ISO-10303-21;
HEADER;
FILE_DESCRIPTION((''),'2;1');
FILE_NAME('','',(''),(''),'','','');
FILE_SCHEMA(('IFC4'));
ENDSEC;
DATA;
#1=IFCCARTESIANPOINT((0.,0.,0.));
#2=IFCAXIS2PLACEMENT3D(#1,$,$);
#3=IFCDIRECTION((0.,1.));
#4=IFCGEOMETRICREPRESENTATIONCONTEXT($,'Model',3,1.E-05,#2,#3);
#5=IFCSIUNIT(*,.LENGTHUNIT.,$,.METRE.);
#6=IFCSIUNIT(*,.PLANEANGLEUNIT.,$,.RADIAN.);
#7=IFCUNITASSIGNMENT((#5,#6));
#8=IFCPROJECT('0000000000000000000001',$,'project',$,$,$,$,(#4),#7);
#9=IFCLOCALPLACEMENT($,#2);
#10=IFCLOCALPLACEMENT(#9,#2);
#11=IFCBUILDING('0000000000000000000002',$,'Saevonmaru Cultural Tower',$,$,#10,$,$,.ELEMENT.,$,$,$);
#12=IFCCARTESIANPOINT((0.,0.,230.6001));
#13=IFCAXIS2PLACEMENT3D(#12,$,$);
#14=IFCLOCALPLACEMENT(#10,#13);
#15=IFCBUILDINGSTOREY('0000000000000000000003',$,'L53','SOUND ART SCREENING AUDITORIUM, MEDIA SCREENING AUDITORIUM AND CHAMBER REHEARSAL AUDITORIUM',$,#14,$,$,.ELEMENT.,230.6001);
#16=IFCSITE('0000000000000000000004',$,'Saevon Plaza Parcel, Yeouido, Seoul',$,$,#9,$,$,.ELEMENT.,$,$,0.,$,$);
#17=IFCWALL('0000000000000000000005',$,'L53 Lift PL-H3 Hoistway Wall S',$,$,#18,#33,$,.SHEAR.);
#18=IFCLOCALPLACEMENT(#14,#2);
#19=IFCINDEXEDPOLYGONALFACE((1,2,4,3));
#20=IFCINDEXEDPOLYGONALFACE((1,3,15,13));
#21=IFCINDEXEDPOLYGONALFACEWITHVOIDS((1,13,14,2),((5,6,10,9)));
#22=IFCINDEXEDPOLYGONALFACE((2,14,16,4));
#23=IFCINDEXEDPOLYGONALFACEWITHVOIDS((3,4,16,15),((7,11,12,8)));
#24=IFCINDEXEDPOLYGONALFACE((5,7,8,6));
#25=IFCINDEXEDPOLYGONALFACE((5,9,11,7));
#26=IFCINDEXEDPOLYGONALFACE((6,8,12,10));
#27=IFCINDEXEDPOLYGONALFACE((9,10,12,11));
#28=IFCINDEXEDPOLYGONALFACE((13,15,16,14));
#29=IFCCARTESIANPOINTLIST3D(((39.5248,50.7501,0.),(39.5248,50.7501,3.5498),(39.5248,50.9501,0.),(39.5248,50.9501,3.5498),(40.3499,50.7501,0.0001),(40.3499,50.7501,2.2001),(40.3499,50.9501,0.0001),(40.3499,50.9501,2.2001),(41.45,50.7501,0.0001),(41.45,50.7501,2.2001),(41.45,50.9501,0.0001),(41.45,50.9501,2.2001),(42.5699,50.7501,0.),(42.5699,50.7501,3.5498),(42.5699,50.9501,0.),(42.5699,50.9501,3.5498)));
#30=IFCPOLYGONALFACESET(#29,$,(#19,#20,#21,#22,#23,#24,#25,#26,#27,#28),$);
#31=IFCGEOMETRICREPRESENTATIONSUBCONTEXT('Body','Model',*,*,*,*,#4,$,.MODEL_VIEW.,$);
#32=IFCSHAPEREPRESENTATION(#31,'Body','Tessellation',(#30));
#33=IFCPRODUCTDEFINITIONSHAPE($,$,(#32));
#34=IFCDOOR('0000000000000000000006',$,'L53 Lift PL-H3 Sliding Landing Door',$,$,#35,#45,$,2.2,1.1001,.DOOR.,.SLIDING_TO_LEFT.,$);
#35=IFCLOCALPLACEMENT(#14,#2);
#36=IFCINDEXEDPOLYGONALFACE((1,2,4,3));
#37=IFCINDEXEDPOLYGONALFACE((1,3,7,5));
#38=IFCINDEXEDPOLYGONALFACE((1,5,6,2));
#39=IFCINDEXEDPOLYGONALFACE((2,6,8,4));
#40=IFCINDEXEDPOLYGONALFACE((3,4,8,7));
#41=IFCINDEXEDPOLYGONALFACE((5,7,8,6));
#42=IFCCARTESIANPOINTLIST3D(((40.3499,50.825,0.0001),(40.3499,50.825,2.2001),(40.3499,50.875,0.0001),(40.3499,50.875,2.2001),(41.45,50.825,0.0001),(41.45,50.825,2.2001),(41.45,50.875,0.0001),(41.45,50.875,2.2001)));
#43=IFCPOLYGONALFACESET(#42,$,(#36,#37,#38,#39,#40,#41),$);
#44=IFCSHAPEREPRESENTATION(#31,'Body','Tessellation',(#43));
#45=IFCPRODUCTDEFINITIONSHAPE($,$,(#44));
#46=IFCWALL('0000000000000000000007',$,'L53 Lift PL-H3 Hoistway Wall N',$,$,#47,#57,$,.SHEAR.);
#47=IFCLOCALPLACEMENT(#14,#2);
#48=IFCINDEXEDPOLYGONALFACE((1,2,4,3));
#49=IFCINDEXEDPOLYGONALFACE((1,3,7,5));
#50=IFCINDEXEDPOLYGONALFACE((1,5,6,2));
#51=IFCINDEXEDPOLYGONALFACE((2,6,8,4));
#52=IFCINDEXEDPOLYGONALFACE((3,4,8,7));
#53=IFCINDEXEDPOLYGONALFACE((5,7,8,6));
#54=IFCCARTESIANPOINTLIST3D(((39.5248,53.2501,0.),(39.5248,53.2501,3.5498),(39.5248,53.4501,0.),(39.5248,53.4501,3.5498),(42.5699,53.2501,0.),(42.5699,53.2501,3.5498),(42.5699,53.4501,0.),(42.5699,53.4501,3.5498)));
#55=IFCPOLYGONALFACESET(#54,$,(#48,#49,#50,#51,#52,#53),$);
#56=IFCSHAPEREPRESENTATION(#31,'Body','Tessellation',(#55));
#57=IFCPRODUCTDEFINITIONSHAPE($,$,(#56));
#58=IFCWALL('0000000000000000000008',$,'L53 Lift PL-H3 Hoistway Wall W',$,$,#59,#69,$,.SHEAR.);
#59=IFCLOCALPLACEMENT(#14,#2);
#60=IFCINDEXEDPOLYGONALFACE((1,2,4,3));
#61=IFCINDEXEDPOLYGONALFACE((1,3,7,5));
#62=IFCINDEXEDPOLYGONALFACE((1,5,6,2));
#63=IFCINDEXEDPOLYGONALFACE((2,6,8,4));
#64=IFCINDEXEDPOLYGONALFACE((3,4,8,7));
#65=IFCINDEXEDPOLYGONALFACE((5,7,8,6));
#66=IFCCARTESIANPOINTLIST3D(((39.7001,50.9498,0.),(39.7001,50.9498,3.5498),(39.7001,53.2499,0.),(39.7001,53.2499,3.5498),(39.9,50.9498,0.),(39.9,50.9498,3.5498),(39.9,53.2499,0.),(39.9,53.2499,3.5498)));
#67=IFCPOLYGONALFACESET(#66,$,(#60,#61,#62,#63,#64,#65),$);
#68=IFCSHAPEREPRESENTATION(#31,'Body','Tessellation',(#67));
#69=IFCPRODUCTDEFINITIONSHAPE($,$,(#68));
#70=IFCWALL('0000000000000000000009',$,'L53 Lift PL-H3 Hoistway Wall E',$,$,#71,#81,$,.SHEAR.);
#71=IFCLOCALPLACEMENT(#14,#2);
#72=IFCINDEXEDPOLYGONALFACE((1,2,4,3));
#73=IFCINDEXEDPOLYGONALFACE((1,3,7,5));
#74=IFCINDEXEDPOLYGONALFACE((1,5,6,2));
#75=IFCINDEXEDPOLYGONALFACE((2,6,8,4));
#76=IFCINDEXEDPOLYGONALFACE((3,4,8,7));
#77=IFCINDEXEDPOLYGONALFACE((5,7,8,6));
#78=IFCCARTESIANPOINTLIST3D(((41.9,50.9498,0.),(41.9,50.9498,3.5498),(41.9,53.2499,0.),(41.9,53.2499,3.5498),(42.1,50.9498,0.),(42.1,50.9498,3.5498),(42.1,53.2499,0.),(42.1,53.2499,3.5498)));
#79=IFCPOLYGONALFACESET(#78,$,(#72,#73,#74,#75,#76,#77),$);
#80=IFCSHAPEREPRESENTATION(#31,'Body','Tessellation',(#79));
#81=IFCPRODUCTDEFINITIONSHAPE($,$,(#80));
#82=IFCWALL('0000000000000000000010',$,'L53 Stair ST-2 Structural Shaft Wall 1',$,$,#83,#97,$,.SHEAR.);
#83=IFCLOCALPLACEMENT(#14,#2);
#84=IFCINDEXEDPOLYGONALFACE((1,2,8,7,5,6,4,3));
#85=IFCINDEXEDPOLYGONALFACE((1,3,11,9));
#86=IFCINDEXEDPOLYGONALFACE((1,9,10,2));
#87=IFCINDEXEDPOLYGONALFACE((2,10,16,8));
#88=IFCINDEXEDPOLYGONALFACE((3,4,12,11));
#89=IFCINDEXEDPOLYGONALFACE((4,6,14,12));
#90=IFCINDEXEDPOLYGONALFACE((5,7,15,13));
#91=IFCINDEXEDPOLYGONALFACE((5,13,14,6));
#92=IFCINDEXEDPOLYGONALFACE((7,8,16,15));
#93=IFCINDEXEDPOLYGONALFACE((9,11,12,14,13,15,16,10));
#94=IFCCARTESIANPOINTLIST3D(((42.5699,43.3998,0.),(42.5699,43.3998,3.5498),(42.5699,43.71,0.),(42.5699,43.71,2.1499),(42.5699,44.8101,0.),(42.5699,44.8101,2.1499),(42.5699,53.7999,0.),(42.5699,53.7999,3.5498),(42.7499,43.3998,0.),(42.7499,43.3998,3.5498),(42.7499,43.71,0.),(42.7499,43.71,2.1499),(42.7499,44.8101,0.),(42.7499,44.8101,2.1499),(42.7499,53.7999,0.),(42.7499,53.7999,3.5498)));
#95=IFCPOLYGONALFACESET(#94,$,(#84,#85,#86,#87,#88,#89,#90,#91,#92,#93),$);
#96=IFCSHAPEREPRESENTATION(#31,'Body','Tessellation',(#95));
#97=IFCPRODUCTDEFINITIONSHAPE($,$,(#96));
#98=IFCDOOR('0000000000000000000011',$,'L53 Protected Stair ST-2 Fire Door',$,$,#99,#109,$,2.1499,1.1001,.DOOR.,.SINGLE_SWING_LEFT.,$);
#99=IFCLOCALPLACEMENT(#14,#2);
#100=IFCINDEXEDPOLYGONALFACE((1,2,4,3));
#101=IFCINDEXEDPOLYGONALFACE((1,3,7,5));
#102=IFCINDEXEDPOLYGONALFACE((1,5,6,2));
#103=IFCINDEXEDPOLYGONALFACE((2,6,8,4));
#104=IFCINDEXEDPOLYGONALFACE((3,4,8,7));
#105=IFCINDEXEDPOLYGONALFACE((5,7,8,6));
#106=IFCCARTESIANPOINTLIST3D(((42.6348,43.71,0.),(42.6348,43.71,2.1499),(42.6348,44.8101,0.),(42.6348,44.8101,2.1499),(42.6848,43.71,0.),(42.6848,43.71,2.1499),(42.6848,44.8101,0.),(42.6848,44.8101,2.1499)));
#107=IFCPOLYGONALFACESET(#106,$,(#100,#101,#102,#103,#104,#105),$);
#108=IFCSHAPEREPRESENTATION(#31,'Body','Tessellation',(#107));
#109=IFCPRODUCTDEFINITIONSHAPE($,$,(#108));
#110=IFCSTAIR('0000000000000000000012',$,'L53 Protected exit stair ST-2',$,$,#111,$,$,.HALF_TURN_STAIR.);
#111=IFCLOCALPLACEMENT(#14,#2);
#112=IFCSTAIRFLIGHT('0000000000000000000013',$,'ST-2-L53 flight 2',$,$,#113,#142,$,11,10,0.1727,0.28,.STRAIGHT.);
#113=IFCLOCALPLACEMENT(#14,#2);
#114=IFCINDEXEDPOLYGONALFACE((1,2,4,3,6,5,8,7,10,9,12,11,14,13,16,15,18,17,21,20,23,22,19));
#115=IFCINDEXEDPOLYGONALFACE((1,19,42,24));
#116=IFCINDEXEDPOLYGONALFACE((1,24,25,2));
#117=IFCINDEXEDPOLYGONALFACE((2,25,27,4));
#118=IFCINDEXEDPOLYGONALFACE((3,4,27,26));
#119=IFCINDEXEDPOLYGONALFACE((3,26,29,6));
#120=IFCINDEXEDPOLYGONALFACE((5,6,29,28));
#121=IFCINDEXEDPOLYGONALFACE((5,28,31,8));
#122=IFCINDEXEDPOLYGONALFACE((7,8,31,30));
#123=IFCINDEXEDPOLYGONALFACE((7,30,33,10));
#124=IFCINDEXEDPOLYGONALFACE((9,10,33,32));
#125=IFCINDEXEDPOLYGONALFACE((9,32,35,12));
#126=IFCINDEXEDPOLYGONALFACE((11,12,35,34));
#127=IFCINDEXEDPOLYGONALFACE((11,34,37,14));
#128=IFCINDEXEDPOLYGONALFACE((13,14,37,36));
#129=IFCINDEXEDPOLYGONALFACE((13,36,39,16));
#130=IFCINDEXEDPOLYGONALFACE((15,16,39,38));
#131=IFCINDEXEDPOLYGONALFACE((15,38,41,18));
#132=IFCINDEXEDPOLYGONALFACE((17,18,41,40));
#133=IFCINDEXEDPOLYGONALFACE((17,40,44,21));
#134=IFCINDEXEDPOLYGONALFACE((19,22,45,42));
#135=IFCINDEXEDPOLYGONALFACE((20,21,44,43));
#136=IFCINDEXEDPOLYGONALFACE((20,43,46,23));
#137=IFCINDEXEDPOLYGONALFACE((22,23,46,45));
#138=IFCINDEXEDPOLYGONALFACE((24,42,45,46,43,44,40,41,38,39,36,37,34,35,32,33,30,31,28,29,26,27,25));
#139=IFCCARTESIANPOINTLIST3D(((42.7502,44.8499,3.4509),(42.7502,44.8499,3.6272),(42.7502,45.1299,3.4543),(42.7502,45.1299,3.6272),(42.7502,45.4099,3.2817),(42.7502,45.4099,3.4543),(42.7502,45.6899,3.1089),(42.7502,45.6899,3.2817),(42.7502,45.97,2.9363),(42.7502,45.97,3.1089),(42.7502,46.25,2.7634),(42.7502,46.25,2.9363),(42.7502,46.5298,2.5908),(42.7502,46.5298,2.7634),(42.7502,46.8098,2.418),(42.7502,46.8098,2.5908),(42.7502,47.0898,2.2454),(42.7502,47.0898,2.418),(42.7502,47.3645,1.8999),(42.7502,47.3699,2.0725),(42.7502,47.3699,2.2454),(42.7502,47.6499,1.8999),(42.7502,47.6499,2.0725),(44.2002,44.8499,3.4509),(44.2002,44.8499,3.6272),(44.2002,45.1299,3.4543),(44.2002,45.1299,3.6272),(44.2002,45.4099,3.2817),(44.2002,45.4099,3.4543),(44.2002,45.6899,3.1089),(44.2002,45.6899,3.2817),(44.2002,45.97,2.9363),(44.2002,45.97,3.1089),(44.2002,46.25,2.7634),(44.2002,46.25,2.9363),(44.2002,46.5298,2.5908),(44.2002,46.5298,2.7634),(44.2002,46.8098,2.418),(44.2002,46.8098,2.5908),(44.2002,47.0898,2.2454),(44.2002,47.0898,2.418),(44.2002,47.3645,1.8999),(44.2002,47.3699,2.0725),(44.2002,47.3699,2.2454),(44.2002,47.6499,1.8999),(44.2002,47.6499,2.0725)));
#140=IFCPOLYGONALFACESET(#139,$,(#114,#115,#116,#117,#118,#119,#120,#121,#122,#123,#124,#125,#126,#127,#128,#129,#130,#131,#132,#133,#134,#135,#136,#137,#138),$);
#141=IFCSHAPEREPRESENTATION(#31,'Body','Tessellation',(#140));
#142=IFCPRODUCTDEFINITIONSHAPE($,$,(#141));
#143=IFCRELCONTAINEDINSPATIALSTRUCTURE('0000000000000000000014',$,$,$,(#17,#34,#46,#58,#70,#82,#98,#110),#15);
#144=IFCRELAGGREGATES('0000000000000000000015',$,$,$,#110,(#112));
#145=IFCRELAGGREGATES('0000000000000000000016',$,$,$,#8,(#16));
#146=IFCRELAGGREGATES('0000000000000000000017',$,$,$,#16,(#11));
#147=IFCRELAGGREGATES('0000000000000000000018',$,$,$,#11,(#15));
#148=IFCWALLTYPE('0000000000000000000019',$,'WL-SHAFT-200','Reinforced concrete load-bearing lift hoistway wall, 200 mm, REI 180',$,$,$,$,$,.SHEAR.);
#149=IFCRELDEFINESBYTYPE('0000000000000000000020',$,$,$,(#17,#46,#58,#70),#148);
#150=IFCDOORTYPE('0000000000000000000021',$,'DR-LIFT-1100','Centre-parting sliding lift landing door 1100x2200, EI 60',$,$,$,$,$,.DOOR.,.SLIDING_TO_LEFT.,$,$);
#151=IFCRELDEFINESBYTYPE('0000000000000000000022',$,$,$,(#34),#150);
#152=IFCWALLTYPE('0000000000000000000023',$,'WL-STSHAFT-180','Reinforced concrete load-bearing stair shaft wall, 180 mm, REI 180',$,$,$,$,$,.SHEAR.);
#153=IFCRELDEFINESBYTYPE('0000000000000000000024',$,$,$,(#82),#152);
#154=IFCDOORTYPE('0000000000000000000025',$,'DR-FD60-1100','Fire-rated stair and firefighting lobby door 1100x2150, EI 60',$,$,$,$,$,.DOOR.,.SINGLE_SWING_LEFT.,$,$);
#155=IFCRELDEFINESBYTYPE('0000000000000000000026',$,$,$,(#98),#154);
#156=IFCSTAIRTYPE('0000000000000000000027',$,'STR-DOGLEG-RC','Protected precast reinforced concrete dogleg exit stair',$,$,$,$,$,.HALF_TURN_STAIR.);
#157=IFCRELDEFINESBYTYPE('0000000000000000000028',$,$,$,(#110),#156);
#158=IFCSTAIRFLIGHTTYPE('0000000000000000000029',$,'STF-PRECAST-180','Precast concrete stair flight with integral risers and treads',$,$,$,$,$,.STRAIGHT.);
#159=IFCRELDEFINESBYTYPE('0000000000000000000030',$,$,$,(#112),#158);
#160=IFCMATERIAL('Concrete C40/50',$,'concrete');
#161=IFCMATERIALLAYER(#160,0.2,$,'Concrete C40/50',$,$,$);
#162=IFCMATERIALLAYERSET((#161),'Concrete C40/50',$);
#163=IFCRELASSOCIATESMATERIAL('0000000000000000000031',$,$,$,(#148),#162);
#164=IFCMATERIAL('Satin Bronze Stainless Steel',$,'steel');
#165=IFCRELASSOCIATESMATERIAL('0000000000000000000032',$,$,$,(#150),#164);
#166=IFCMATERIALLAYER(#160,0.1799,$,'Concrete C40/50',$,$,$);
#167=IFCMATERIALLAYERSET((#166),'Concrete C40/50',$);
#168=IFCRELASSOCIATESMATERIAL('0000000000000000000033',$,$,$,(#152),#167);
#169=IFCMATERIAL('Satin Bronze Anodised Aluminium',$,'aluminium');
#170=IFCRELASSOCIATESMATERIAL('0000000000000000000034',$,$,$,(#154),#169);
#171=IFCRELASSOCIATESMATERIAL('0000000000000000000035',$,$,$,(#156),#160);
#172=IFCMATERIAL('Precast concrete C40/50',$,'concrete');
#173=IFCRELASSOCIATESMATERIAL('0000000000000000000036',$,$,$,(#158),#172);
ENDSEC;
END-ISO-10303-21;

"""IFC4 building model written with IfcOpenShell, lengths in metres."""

from ifc_helpers import new_model, si_unit, direction, frame, frame_2d, origin, place, context, subcontext, project, spatial, polyline, rectangle, outline, extrude, material, layer, layer_set, type_object, element, fill, aggregate, save


model = new_model("IFC4")

# Units and contexts
model_context = context("Model", 3, precision=1e-05, world=origin(), true_north=direction((0.0, 1.0)))
body_context = subcontext(model_context, "Body", "Model", "MODEL_VIEW")
ifc_project = project(units=[si_unit("LENGTHUNIT", "METRE"), si_unit("PLANEANGLEUNIT", "RADIAN")], contexts=[model_context])

# Site, building, storey
site_placement = place(None, origin())
site = spatial("IfcSite", under=ifc_project, at=site_placement, Name="Saevon Plaza Parcel, Yeouido, Seoul", CompositionType="ELEMENT", RefElevation=0.0)
building_placement = place(site_placement, origin())
building = spatial("IfcBuilding", under=site, at=building_placement, Name="Saevonmaru Cultural Tower", CompositionType="ELEMENT")
storey_placement = place(building_placement, frame((0.0, 0.0, 230.6001)))
storey = spatial("IfcBuildingStorey", under=building, at=storey_placement, Name="L53", Description="SOUND ART SCREENING AUDITORIUM, MEDIA SCREENING AUDITORIUM AND CHAMBER REHEARSAL AUDITORIUM", CompositionType="ELEMENT", Elevation=230.6001)

# Shared definitions
ifc_material_1 = material(Name="Satin Bronze Anodised Aluminium", Category="aluminium")

# Shared definitions
ifc_material_2 = material(Name="Concrete C40/50", Category="concrete")
ifc_layer_1 = layer(ifc_material_2, 0.2, Name="Concrete C40/50")
ifc_layer_set_1 = layer_set([ifc_layer_1], Name="Concrete C40/50")
wall_type_1 = type_object("IfcWallType", Name="WL-SHAFT-200", Description="Reinforced concrete load-bearing lift hoistway wall, 200 mm, REI 180", PredefinedType="SHEAR", material=ifc_layer_set_1)

# Shared definitions
ifc_material_3 = material(Name="Satin Bronze Stainless Steel", Category="steel")
door_type_1 = type_object("IfcDoorType", Name="DR-LIFT-1100", Description="Centre-parting sliding lift landing door 1100x2200, EI 60", OperationType="SLIDING_TO_LEFT", PredefinedType="DOOR", material=ifc_material_3)

# Wall, opening, door
wall_1_placement = place(storey_placement, frame((39.5249, 50.8501, 0.0), z_axis=(0.0, 0.0, 1.0), x_axis=(1.0, 0.0, 0.0)))
wall_1 = element("IfcWall", 1, at=wall_1_placement, inside=storey, type_object=wall_type_1, Name="L53 Lift PL-H3 Hoistway Wall S", PredefinedType="SHEAR", context=body_context, shape_type="SweptSolid", body=[
    extrude(rectangle(XDim=3.0452, YDim=0.2, at=frame_2d((1.5225, 0.0))), origin(), (0.0, 0.0, 1.0), 3.5498),
])
opening_1_placement = place(wall_1_placement, frame((0.825, 0.0, 0.0)))
opening_1 = element("IfcOpeningElement", 2, at=opening_1_placement, cuts=wall_1, PredefinedType="OPENING", context=body_context, shape_type="SweptSolid", body=[
    extrude(rectangle(XDim=1.1001, YDim=2.2, at=frame_2d((0.55, 1.1001))), frame((0.0, 0.1099, 0.0), z_axis=(0.0, -1.0, 0.0), x_axis=(1.0, 0.0, 0.0)), (0.0, 0.0, 1.0), 0.22),
])
door_1_placement = place(opening_1_placement, origin())
door_1 = element("IfcDoor", 3, at=door_1_placement, inside=storey, type_object=door_type_1, Name="L53 Lift PL-H3 Sliding Landing Door", OperationType="SLIDING_TO_LEFT", OverallHeight=2.2, OverallWidth=1.1001, PredefinedType="DOOR", context=body_context, shape_type="SweptSolid", body=[
    extrude(rectangle(XDim=1.1001, YDim=2.2, at=frame_2d((0.55, 1.1001))), frame((0.0, 0.0249, 0.0), z_axis=(0.0, -1.0, 0.0), x_axis=(1.0, 0.0, 0.0)), (0.0, 0.0, 1.0), 0.05),
])
fill(opening_1, door_1)

# Walls
wall_2_placement = place(storey_placement, frame((39.5249, 53.3501, 0.0), z_axis=(0.0, 0.0, 1.0), x_axis=(1.0, 0.0, 0.0)))
element("IfcWall", 4, at=wall_2_placement, inside=storey, type_object=wall_type_1, Name="L53 Lift PL-H3 Hoistway Wall N", PredefinedType="SHEAR", context=body_context, shape_type="SweptSolid", body=[
    extrude(rectangle(XDim=3.0452, YDim=0.2, at=frame_2d((1.5225, 0.0))), origin(), (0.0, 0.0, 1.0), 3.5498),
])
for number, where, z_axis, x_axis, name in (
    (5, (39.8, 50.95, 0.0), (0.0, 0.0, 1.0), (0.0, 1.0, 0.0), "L53 Lift PL-H3 Hoistway Wall W"),
    (6, (42.0, 50.95, 0.0), (0.0, 0.0, 1.0), (0.0, 1.0, 0.0), "L53 Lift PL-H3 Hoistway Wall E"),
):
    element("IfcWall", number, at=place(storey_placement, frame(where, z_axis=z_axis, x_axis=x_axis)), inside=storey, type_object=wall_type_1, Name=name, PredefinedType="SHEAR", context=body_context, shape_type="SweptSolid", body=[
        extrude(rectangle(XDim=2.3, YDim=0.2, at=frame_2d((1.1499, 0.0))), origin(), (0.0, 0.0, 1.0), 3.5498),
    ])

# Wall, opening, door
ifc_layer_2 = layer(ifc_material_2, 0.1799, Name="Concrete C40/50")
ifc_layer_set_2 = layer_set([ifc_layer_2], Name="Concrete C40/50")
wall_type_2 = type_object("IfcWallType", Name="WL-STSHAFT-180", Description="Reinforced concrete load-bearing stair shaft wall, 180 mm, REI 180", PredefinedType="SHEAR", material=ifc_layer_set_2)
wall_3_placement = place(storey_placement, frame((42.6599, 53.8, 0.0), z_axis=(0.0, 0.0, 1.0), x_axis=(0.0, -1.0, 0.0)))
wall_3 = element("IfcWall", 7, at=wall_3_placement, inside=storey, type_object=wall_type_2, Name="L53 Stair ST-2 Structural Shaft Wall 1", PredefinedType="SHEAR", context=body_context, shape_type="SweptSolid", body=[
    extrude(rectangle(XDim=10.4001, YDim=0.1799, at=frame_2d((5.2002, 0.0))), origin(), (0.0, 0.0, 1.0), 3.5498),
])
opening_2_placement = place(wall_3_placement, frame((8.99, 0.0, 0.0)))
opening_2 = element("IfcOpeningElement", 8, at=opening_2_placement, cuts=wall_3, PredefinedType="OPENING", context=body_context, shape_type="SweptSolid", body=[
    extrude(rectangle(XDim=1.1001, YDim=2.1499, at=frame_2d((0.55, 1.075))), frame((0.0, 0.1001, 0.0), z_axis=(0.0, -1.0, 0.0), x_axis=(1.0, 0.0, 0.0)), (0.0, 0.0, 1.0), 0.2),
])
door_type_2 = type_object("IfcDoorType", Name="DR-FD60-1100", Description="Fire-rated stair and firefighting lobby door 1100x2150, EI 60", OperationType="SINGLE_SWING_LEFT", PredefinedType="DOOR", material=ifc_material_1)
door_2_placement = place(opening_2_placement, origin())
door_2 = element("IfcDoor", 9, at=door_2_placement, inside=storey, type_object=door_type_2, Name="L53 Protected Stair ST-2 Fire Door", OperationType="SINGLE_SWING_LEFT", OverallHeight=2.1499, OverallWidth=1.1001, PredefinedType="DOOR", context=body_context, shape_type="SweptSolid", body=[
    extrude(rectangle(XDim=1.1001, YDim=2.1499, at=frame_2d((0.55, 1.075))), frame((0.0, 0.0249, 0.0), z_axis=(0.0, -1.0, 0.0), x_axis=(1.0, 0.0, 0.0)), (0.0, 0.0, 1.0), 0.05),
])
fill(opening_2, door_2)

# Stair, stair flight
stair_type = type_object("IfcStairType", Name="STR-DOGLEG-RC", Description="Protected precast reinforced concrete dogleg exit stair", PredefinedType="HALF_TURN_STAIR", material=ifc_material_2)
stair_placement = place(storey_placement, origin())
stair = element("IfcStair", 10, at=stair_placement, inside=storey, type_object=stair_type, Name="L53 Protected exit stair ST-2", PredefinedType="HALF_TURN_STAIR")
ifc_material_4 = material(Name="Precast concrete C40/50", Category="concrete")
stair_flight_type = type_object("IfcStairFlightType", Name="STF-PRECAST-180", Description="Precast concrete stair flight with integral risers and treads", PredefinedType="STRAIGHT", material=ifc_material_4)
stair_flight_placement = place(storey_placement, frame((43.4751, 47.6499, 1.8999), z_axis=(0.0, 0.0, 1.0), x_axis=(0.0, -1.0, 0.0)))
stair_flight = element("IfcStairFlight", 11, at=stair_flight_placement, type_object=stair_flight_type, Name="ST-2-L53 flight 2", NumberOfRisers=11, NumberOfTreads=10, PredefinedType="STRAIGHT", RiserHeight=0.1727, TreadLength=0.28, context=body_context, shape_type="SweptSolid", body=[
    extrude(outline(polyline([(0.0, 0.0), (0.0, 0.1726), (0.28, 0.1726), (0.28, 0.3455), (0.5601, 0.3455), (0.5601, 0.5181), (0.8401, 0.5181), (0.8401, 0.6909), (1.1201, 0.6909), (1.1201, 0.8635), (1.3999, 0.8635), (1.3999, 1.0364), (1.6799, 1.0364), (1.6799, 1.209), (1.96, 1.209), (1.96, 1.3818), (2.24, 1.3818), (2.24, 1.5544), (2.52, 1.5544), (2.52, 1.7273), (2.8, 1.7273), (2.8, 1.8999), (2.8, 1.551), (0.2854, 0.0), (0.0, 0.0)])), frame((0.0, 0.7251, 0.0), z_axis=(0.0, -1.0, 0.0), x_axis=(1.0, 0.0, 0.0)), (0.0, 0.0, 1.0), 1.45),
])
aggregate(stair, [stair_flight])

save(model, "model.ifc")
